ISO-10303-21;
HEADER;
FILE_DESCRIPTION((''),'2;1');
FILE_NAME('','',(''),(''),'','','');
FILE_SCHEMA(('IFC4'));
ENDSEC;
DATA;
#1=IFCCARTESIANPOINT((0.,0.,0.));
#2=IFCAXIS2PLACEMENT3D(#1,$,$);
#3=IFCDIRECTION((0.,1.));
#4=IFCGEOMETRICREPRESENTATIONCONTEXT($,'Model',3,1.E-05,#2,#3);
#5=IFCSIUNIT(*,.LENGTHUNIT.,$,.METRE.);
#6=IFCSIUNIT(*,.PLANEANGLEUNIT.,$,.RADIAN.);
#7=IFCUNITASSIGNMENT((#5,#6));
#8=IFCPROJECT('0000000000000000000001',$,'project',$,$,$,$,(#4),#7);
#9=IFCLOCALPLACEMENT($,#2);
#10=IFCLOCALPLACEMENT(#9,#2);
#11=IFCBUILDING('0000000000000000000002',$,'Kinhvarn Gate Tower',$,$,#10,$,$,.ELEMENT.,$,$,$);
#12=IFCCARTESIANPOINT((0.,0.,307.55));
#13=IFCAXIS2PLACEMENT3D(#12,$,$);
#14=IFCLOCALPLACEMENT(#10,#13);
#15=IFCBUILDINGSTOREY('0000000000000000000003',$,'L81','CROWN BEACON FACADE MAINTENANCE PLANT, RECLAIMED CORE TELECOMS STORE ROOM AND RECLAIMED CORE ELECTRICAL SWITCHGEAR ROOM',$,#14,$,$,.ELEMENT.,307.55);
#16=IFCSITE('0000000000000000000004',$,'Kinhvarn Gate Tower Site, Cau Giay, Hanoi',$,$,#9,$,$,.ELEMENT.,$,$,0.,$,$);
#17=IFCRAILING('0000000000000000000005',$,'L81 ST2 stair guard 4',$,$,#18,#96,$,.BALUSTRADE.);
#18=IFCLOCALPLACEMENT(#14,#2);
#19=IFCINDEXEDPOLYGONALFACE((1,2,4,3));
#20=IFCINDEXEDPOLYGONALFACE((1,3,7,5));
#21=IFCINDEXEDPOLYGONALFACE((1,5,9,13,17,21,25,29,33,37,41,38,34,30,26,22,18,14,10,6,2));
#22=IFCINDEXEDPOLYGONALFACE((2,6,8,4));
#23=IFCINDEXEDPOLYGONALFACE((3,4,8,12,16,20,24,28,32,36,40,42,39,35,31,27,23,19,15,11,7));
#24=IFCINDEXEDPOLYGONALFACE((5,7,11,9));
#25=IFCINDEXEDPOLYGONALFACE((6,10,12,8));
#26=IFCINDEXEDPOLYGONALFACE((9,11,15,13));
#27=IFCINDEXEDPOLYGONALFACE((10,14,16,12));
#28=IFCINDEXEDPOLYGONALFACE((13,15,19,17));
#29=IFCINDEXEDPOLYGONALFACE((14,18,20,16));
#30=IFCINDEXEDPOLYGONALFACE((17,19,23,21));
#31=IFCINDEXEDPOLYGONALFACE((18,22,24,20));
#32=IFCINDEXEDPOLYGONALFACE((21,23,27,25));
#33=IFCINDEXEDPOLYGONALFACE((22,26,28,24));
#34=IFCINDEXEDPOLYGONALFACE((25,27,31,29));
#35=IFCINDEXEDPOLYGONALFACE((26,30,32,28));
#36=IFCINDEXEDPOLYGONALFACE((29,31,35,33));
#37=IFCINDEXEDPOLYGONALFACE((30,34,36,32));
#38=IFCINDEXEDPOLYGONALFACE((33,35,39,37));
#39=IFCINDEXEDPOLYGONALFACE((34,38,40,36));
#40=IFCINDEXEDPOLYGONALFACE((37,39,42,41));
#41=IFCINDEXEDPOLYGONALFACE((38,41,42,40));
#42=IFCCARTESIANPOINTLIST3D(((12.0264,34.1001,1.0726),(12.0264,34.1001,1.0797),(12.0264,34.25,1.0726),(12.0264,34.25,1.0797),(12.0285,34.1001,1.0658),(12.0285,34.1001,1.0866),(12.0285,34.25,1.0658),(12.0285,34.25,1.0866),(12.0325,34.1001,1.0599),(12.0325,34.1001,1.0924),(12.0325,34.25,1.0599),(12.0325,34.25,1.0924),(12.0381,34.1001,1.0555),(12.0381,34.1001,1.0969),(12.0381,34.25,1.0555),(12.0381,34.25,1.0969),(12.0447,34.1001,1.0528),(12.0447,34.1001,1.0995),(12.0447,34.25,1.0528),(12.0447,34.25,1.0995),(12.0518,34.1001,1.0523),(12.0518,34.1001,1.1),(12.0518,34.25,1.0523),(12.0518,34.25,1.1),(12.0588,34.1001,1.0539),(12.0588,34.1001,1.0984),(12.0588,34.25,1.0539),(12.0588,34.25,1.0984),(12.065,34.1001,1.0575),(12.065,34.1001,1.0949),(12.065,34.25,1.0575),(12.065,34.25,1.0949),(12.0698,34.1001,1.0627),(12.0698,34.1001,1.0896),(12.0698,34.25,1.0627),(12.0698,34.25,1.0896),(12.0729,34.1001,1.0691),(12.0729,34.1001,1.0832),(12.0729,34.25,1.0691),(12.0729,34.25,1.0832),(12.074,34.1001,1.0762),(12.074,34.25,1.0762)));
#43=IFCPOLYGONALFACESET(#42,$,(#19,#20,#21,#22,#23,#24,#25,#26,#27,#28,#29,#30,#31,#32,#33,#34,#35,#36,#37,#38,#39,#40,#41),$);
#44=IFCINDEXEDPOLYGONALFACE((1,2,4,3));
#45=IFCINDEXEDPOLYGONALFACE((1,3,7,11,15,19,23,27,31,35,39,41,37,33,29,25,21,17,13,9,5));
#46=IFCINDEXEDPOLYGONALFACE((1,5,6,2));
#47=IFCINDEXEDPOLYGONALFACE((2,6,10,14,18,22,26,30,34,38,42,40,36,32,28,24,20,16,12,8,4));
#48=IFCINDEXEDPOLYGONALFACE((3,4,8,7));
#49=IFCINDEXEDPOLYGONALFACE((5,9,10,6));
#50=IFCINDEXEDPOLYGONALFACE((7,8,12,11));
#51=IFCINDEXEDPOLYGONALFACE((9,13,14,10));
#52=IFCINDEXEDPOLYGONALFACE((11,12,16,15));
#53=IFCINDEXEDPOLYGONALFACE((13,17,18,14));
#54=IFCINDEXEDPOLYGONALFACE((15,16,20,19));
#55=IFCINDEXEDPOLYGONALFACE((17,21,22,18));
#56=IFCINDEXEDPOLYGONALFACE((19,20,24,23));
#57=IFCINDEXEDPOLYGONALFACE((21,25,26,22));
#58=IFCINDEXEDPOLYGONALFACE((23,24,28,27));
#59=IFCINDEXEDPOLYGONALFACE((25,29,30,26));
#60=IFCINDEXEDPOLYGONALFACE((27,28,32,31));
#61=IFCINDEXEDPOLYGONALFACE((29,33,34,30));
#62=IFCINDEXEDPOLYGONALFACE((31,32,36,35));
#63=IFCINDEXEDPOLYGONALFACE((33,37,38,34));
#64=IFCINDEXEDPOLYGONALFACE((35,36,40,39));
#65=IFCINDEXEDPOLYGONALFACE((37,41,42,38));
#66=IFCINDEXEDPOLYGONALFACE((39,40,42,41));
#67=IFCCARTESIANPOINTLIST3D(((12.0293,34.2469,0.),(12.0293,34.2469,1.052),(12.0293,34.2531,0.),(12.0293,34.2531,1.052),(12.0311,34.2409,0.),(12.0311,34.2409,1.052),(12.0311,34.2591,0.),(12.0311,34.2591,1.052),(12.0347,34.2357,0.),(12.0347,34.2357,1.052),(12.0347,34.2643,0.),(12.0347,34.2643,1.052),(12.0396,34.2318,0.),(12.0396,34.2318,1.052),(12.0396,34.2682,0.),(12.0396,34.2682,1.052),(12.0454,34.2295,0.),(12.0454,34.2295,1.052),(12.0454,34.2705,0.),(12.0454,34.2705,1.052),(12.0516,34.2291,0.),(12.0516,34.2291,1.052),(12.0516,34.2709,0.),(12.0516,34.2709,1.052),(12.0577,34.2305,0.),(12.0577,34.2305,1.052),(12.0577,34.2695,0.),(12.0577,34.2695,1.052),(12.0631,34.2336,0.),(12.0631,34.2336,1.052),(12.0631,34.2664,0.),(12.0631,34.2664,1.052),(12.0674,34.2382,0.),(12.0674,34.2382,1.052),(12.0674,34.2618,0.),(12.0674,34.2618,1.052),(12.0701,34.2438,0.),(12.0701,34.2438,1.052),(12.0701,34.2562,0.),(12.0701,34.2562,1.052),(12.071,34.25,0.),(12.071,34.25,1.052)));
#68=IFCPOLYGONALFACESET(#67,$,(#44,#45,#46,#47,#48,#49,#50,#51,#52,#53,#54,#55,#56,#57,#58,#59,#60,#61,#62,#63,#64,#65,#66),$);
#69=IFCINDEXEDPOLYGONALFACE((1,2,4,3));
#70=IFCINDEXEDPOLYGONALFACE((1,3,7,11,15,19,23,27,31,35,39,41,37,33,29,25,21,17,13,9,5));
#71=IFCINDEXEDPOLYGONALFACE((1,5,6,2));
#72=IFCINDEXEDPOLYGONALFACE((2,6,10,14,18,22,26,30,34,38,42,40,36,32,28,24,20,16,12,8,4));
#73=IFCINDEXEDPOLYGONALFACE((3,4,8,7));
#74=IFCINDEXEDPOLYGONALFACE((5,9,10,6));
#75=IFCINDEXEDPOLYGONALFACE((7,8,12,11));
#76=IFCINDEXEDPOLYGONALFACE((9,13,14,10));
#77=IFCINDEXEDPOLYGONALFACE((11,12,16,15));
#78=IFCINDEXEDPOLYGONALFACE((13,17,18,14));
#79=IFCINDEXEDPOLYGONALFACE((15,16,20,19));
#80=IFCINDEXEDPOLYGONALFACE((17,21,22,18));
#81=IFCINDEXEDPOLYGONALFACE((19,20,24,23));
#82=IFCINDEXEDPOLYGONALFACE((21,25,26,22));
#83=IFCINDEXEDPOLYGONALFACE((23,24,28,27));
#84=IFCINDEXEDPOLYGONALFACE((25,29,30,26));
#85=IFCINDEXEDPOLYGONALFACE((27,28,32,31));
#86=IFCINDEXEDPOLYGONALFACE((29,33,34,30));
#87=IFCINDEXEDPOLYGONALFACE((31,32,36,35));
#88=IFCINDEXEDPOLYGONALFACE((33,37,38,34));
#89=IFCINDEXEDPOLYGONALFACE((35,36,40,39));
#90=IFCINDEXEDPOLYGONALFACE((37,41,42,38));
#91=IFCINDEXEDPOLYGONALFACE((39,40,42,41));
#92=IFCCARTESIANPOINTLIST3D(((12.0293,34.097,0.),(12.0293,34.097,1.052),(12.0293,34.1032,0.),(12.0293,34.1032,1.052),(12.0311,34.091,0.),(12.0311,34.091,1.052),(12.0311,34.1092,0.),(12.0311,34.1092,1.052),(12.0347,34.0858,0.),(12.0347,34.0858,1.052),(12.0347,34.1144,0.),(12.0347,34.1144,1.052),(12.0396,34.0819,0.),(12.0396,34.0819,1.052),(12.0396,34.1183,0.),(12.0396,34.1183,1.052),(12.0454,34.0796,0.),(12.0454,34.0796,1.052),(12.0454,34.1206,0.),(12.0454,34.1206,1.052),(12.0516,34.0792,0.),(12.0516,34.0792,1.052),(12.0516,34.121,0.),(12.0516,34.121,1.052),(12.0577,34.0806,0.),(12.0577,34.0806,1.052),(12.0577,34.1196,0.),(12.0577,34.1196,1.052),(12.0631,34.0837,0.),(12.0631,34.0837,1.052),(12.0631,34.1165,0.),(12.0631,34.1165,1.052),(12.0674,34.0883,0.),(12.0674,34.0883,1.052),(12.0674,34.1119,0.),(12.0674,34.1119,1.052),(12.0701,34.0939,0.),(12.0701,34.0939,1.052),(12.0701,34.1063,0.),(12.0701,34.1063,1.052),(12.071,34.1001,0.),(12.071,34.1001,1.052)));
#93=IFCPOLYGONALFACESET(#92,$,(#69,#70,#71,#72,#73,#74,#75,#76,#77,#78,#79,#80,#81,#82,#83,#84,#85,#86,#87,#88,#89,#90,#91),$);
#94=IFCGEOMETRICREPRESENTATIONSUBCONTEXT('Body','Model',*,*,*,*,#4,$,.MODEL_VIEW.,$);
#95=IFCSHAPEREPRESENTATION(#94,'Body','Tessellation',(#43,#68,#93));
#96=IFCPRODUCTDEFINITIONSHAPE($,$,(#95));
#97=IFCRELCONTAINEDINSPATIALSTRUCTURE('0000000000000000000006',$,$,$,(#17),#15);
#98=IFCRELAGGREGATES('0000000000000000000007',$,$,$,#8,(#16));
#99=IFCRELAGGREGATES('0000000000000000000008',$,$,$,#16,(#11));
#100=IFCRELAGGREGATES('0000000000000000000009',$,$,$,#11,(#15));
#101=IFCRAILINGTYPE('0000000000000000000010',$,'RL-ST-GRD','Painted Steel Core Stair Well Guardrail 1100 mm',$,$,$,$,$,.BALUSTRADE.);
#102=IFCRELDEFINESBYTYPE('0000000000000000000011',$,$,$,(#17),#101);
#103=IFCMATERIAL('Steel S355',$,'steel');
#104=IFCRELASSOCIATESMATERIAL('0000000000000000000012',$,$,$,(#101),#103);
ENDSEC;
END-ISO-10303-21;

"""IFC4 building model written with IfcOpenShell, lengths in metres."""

from ifc_helpers import new_model, si_unit, direction, frame, origin, origin_2d, place, context, subcontext, project, spatial, circle, extrude, material, type_object, element, save


model = new_model("IFC4")

# Units and contexts
model_context = context("Model", 3, precision=1e-05, world=origin(), true_north=direction((0.0, 1.0)))
body_context = subcontext(model_context, "Body", "Model", "MODEL_VIEW")
ifc_project = project(units=[si_unit("LENGTHUNIT", "METRE"), si_unit("PLANEANGLEUNIT", "RADIAN")], contexts=[model_context])

# Site, building, storey
site_placement = place(None, origin())
site = spatial("IfcSite", under=ifc_project, at=site_placement, Name="Kinhvarn Gate Tower Site, Cau Giay, Hanoi", CompositionType="ELEMENT", RefElevation=0.0)
building_placement = place(site_placement, origin())
building = spatial("IfcBuilding", under=site, at=building_placement, Name="Kinhvarn Gate Tower", CompositionType="ELEMENT")
storey_placement = place(building_placement, frame((0.0, 0.0, 307.55)))
storey = spatial("IfcBuildingStorey", under=building, at=storey_placement, Name="L81", Description="CROWN BEACON FACADE MAINTENANCE PLANT, RECLAIMED CORE TELECOMS STORE ROOM AND RECLAIMED CORE ELECTRICAL SWITCHGEAR ROOM", CompositionType="ELEMENT", Elevation=307.55)

# Railing
ifc_material_1 = material(Name="Steel S355", Category="steel")
railing_type_1 = type_object("IfcRailingType", Name="RL-ST-GRD", Description="Painted Steel Core Stair Well Guardrail 1100 mm", PredefinedType="BALUSTRADE", material=ifc_material_1)
railing_1_placement = place(storey_placement, frame((12.05, 34.25, 0.0)))
element("IfcRailing", 1, at=railing_1_placement, inside=storey, type_object=railing_type_1, Name="L81 ST2 stair guard 4", PredefinedType="BALUSTRADE", context=body_context, shape_type="SweptSolid", body=[
    extrude(circle(Radius=0.0239, at=origin_2d()), frame((0.0, 0.0, 1.0762), z_axis=(0.0, -1.0, 0.0), x_axis=(1.0, 0.0, 0.0)), (0.0, 0.0, 1.0), 0.1499),
    extrude(circle(Radius=0.021, at=origin_2d()), origin(), (0.0, 0.0, 1.0), 1.052),
    extrude(circle(Radius=0.021, at=origin_2d()), frame((0.0, -0.1499, 0.0)), (0.0, 0.0, 1.0), 1.052),
])

save(model, "model.ifc")
